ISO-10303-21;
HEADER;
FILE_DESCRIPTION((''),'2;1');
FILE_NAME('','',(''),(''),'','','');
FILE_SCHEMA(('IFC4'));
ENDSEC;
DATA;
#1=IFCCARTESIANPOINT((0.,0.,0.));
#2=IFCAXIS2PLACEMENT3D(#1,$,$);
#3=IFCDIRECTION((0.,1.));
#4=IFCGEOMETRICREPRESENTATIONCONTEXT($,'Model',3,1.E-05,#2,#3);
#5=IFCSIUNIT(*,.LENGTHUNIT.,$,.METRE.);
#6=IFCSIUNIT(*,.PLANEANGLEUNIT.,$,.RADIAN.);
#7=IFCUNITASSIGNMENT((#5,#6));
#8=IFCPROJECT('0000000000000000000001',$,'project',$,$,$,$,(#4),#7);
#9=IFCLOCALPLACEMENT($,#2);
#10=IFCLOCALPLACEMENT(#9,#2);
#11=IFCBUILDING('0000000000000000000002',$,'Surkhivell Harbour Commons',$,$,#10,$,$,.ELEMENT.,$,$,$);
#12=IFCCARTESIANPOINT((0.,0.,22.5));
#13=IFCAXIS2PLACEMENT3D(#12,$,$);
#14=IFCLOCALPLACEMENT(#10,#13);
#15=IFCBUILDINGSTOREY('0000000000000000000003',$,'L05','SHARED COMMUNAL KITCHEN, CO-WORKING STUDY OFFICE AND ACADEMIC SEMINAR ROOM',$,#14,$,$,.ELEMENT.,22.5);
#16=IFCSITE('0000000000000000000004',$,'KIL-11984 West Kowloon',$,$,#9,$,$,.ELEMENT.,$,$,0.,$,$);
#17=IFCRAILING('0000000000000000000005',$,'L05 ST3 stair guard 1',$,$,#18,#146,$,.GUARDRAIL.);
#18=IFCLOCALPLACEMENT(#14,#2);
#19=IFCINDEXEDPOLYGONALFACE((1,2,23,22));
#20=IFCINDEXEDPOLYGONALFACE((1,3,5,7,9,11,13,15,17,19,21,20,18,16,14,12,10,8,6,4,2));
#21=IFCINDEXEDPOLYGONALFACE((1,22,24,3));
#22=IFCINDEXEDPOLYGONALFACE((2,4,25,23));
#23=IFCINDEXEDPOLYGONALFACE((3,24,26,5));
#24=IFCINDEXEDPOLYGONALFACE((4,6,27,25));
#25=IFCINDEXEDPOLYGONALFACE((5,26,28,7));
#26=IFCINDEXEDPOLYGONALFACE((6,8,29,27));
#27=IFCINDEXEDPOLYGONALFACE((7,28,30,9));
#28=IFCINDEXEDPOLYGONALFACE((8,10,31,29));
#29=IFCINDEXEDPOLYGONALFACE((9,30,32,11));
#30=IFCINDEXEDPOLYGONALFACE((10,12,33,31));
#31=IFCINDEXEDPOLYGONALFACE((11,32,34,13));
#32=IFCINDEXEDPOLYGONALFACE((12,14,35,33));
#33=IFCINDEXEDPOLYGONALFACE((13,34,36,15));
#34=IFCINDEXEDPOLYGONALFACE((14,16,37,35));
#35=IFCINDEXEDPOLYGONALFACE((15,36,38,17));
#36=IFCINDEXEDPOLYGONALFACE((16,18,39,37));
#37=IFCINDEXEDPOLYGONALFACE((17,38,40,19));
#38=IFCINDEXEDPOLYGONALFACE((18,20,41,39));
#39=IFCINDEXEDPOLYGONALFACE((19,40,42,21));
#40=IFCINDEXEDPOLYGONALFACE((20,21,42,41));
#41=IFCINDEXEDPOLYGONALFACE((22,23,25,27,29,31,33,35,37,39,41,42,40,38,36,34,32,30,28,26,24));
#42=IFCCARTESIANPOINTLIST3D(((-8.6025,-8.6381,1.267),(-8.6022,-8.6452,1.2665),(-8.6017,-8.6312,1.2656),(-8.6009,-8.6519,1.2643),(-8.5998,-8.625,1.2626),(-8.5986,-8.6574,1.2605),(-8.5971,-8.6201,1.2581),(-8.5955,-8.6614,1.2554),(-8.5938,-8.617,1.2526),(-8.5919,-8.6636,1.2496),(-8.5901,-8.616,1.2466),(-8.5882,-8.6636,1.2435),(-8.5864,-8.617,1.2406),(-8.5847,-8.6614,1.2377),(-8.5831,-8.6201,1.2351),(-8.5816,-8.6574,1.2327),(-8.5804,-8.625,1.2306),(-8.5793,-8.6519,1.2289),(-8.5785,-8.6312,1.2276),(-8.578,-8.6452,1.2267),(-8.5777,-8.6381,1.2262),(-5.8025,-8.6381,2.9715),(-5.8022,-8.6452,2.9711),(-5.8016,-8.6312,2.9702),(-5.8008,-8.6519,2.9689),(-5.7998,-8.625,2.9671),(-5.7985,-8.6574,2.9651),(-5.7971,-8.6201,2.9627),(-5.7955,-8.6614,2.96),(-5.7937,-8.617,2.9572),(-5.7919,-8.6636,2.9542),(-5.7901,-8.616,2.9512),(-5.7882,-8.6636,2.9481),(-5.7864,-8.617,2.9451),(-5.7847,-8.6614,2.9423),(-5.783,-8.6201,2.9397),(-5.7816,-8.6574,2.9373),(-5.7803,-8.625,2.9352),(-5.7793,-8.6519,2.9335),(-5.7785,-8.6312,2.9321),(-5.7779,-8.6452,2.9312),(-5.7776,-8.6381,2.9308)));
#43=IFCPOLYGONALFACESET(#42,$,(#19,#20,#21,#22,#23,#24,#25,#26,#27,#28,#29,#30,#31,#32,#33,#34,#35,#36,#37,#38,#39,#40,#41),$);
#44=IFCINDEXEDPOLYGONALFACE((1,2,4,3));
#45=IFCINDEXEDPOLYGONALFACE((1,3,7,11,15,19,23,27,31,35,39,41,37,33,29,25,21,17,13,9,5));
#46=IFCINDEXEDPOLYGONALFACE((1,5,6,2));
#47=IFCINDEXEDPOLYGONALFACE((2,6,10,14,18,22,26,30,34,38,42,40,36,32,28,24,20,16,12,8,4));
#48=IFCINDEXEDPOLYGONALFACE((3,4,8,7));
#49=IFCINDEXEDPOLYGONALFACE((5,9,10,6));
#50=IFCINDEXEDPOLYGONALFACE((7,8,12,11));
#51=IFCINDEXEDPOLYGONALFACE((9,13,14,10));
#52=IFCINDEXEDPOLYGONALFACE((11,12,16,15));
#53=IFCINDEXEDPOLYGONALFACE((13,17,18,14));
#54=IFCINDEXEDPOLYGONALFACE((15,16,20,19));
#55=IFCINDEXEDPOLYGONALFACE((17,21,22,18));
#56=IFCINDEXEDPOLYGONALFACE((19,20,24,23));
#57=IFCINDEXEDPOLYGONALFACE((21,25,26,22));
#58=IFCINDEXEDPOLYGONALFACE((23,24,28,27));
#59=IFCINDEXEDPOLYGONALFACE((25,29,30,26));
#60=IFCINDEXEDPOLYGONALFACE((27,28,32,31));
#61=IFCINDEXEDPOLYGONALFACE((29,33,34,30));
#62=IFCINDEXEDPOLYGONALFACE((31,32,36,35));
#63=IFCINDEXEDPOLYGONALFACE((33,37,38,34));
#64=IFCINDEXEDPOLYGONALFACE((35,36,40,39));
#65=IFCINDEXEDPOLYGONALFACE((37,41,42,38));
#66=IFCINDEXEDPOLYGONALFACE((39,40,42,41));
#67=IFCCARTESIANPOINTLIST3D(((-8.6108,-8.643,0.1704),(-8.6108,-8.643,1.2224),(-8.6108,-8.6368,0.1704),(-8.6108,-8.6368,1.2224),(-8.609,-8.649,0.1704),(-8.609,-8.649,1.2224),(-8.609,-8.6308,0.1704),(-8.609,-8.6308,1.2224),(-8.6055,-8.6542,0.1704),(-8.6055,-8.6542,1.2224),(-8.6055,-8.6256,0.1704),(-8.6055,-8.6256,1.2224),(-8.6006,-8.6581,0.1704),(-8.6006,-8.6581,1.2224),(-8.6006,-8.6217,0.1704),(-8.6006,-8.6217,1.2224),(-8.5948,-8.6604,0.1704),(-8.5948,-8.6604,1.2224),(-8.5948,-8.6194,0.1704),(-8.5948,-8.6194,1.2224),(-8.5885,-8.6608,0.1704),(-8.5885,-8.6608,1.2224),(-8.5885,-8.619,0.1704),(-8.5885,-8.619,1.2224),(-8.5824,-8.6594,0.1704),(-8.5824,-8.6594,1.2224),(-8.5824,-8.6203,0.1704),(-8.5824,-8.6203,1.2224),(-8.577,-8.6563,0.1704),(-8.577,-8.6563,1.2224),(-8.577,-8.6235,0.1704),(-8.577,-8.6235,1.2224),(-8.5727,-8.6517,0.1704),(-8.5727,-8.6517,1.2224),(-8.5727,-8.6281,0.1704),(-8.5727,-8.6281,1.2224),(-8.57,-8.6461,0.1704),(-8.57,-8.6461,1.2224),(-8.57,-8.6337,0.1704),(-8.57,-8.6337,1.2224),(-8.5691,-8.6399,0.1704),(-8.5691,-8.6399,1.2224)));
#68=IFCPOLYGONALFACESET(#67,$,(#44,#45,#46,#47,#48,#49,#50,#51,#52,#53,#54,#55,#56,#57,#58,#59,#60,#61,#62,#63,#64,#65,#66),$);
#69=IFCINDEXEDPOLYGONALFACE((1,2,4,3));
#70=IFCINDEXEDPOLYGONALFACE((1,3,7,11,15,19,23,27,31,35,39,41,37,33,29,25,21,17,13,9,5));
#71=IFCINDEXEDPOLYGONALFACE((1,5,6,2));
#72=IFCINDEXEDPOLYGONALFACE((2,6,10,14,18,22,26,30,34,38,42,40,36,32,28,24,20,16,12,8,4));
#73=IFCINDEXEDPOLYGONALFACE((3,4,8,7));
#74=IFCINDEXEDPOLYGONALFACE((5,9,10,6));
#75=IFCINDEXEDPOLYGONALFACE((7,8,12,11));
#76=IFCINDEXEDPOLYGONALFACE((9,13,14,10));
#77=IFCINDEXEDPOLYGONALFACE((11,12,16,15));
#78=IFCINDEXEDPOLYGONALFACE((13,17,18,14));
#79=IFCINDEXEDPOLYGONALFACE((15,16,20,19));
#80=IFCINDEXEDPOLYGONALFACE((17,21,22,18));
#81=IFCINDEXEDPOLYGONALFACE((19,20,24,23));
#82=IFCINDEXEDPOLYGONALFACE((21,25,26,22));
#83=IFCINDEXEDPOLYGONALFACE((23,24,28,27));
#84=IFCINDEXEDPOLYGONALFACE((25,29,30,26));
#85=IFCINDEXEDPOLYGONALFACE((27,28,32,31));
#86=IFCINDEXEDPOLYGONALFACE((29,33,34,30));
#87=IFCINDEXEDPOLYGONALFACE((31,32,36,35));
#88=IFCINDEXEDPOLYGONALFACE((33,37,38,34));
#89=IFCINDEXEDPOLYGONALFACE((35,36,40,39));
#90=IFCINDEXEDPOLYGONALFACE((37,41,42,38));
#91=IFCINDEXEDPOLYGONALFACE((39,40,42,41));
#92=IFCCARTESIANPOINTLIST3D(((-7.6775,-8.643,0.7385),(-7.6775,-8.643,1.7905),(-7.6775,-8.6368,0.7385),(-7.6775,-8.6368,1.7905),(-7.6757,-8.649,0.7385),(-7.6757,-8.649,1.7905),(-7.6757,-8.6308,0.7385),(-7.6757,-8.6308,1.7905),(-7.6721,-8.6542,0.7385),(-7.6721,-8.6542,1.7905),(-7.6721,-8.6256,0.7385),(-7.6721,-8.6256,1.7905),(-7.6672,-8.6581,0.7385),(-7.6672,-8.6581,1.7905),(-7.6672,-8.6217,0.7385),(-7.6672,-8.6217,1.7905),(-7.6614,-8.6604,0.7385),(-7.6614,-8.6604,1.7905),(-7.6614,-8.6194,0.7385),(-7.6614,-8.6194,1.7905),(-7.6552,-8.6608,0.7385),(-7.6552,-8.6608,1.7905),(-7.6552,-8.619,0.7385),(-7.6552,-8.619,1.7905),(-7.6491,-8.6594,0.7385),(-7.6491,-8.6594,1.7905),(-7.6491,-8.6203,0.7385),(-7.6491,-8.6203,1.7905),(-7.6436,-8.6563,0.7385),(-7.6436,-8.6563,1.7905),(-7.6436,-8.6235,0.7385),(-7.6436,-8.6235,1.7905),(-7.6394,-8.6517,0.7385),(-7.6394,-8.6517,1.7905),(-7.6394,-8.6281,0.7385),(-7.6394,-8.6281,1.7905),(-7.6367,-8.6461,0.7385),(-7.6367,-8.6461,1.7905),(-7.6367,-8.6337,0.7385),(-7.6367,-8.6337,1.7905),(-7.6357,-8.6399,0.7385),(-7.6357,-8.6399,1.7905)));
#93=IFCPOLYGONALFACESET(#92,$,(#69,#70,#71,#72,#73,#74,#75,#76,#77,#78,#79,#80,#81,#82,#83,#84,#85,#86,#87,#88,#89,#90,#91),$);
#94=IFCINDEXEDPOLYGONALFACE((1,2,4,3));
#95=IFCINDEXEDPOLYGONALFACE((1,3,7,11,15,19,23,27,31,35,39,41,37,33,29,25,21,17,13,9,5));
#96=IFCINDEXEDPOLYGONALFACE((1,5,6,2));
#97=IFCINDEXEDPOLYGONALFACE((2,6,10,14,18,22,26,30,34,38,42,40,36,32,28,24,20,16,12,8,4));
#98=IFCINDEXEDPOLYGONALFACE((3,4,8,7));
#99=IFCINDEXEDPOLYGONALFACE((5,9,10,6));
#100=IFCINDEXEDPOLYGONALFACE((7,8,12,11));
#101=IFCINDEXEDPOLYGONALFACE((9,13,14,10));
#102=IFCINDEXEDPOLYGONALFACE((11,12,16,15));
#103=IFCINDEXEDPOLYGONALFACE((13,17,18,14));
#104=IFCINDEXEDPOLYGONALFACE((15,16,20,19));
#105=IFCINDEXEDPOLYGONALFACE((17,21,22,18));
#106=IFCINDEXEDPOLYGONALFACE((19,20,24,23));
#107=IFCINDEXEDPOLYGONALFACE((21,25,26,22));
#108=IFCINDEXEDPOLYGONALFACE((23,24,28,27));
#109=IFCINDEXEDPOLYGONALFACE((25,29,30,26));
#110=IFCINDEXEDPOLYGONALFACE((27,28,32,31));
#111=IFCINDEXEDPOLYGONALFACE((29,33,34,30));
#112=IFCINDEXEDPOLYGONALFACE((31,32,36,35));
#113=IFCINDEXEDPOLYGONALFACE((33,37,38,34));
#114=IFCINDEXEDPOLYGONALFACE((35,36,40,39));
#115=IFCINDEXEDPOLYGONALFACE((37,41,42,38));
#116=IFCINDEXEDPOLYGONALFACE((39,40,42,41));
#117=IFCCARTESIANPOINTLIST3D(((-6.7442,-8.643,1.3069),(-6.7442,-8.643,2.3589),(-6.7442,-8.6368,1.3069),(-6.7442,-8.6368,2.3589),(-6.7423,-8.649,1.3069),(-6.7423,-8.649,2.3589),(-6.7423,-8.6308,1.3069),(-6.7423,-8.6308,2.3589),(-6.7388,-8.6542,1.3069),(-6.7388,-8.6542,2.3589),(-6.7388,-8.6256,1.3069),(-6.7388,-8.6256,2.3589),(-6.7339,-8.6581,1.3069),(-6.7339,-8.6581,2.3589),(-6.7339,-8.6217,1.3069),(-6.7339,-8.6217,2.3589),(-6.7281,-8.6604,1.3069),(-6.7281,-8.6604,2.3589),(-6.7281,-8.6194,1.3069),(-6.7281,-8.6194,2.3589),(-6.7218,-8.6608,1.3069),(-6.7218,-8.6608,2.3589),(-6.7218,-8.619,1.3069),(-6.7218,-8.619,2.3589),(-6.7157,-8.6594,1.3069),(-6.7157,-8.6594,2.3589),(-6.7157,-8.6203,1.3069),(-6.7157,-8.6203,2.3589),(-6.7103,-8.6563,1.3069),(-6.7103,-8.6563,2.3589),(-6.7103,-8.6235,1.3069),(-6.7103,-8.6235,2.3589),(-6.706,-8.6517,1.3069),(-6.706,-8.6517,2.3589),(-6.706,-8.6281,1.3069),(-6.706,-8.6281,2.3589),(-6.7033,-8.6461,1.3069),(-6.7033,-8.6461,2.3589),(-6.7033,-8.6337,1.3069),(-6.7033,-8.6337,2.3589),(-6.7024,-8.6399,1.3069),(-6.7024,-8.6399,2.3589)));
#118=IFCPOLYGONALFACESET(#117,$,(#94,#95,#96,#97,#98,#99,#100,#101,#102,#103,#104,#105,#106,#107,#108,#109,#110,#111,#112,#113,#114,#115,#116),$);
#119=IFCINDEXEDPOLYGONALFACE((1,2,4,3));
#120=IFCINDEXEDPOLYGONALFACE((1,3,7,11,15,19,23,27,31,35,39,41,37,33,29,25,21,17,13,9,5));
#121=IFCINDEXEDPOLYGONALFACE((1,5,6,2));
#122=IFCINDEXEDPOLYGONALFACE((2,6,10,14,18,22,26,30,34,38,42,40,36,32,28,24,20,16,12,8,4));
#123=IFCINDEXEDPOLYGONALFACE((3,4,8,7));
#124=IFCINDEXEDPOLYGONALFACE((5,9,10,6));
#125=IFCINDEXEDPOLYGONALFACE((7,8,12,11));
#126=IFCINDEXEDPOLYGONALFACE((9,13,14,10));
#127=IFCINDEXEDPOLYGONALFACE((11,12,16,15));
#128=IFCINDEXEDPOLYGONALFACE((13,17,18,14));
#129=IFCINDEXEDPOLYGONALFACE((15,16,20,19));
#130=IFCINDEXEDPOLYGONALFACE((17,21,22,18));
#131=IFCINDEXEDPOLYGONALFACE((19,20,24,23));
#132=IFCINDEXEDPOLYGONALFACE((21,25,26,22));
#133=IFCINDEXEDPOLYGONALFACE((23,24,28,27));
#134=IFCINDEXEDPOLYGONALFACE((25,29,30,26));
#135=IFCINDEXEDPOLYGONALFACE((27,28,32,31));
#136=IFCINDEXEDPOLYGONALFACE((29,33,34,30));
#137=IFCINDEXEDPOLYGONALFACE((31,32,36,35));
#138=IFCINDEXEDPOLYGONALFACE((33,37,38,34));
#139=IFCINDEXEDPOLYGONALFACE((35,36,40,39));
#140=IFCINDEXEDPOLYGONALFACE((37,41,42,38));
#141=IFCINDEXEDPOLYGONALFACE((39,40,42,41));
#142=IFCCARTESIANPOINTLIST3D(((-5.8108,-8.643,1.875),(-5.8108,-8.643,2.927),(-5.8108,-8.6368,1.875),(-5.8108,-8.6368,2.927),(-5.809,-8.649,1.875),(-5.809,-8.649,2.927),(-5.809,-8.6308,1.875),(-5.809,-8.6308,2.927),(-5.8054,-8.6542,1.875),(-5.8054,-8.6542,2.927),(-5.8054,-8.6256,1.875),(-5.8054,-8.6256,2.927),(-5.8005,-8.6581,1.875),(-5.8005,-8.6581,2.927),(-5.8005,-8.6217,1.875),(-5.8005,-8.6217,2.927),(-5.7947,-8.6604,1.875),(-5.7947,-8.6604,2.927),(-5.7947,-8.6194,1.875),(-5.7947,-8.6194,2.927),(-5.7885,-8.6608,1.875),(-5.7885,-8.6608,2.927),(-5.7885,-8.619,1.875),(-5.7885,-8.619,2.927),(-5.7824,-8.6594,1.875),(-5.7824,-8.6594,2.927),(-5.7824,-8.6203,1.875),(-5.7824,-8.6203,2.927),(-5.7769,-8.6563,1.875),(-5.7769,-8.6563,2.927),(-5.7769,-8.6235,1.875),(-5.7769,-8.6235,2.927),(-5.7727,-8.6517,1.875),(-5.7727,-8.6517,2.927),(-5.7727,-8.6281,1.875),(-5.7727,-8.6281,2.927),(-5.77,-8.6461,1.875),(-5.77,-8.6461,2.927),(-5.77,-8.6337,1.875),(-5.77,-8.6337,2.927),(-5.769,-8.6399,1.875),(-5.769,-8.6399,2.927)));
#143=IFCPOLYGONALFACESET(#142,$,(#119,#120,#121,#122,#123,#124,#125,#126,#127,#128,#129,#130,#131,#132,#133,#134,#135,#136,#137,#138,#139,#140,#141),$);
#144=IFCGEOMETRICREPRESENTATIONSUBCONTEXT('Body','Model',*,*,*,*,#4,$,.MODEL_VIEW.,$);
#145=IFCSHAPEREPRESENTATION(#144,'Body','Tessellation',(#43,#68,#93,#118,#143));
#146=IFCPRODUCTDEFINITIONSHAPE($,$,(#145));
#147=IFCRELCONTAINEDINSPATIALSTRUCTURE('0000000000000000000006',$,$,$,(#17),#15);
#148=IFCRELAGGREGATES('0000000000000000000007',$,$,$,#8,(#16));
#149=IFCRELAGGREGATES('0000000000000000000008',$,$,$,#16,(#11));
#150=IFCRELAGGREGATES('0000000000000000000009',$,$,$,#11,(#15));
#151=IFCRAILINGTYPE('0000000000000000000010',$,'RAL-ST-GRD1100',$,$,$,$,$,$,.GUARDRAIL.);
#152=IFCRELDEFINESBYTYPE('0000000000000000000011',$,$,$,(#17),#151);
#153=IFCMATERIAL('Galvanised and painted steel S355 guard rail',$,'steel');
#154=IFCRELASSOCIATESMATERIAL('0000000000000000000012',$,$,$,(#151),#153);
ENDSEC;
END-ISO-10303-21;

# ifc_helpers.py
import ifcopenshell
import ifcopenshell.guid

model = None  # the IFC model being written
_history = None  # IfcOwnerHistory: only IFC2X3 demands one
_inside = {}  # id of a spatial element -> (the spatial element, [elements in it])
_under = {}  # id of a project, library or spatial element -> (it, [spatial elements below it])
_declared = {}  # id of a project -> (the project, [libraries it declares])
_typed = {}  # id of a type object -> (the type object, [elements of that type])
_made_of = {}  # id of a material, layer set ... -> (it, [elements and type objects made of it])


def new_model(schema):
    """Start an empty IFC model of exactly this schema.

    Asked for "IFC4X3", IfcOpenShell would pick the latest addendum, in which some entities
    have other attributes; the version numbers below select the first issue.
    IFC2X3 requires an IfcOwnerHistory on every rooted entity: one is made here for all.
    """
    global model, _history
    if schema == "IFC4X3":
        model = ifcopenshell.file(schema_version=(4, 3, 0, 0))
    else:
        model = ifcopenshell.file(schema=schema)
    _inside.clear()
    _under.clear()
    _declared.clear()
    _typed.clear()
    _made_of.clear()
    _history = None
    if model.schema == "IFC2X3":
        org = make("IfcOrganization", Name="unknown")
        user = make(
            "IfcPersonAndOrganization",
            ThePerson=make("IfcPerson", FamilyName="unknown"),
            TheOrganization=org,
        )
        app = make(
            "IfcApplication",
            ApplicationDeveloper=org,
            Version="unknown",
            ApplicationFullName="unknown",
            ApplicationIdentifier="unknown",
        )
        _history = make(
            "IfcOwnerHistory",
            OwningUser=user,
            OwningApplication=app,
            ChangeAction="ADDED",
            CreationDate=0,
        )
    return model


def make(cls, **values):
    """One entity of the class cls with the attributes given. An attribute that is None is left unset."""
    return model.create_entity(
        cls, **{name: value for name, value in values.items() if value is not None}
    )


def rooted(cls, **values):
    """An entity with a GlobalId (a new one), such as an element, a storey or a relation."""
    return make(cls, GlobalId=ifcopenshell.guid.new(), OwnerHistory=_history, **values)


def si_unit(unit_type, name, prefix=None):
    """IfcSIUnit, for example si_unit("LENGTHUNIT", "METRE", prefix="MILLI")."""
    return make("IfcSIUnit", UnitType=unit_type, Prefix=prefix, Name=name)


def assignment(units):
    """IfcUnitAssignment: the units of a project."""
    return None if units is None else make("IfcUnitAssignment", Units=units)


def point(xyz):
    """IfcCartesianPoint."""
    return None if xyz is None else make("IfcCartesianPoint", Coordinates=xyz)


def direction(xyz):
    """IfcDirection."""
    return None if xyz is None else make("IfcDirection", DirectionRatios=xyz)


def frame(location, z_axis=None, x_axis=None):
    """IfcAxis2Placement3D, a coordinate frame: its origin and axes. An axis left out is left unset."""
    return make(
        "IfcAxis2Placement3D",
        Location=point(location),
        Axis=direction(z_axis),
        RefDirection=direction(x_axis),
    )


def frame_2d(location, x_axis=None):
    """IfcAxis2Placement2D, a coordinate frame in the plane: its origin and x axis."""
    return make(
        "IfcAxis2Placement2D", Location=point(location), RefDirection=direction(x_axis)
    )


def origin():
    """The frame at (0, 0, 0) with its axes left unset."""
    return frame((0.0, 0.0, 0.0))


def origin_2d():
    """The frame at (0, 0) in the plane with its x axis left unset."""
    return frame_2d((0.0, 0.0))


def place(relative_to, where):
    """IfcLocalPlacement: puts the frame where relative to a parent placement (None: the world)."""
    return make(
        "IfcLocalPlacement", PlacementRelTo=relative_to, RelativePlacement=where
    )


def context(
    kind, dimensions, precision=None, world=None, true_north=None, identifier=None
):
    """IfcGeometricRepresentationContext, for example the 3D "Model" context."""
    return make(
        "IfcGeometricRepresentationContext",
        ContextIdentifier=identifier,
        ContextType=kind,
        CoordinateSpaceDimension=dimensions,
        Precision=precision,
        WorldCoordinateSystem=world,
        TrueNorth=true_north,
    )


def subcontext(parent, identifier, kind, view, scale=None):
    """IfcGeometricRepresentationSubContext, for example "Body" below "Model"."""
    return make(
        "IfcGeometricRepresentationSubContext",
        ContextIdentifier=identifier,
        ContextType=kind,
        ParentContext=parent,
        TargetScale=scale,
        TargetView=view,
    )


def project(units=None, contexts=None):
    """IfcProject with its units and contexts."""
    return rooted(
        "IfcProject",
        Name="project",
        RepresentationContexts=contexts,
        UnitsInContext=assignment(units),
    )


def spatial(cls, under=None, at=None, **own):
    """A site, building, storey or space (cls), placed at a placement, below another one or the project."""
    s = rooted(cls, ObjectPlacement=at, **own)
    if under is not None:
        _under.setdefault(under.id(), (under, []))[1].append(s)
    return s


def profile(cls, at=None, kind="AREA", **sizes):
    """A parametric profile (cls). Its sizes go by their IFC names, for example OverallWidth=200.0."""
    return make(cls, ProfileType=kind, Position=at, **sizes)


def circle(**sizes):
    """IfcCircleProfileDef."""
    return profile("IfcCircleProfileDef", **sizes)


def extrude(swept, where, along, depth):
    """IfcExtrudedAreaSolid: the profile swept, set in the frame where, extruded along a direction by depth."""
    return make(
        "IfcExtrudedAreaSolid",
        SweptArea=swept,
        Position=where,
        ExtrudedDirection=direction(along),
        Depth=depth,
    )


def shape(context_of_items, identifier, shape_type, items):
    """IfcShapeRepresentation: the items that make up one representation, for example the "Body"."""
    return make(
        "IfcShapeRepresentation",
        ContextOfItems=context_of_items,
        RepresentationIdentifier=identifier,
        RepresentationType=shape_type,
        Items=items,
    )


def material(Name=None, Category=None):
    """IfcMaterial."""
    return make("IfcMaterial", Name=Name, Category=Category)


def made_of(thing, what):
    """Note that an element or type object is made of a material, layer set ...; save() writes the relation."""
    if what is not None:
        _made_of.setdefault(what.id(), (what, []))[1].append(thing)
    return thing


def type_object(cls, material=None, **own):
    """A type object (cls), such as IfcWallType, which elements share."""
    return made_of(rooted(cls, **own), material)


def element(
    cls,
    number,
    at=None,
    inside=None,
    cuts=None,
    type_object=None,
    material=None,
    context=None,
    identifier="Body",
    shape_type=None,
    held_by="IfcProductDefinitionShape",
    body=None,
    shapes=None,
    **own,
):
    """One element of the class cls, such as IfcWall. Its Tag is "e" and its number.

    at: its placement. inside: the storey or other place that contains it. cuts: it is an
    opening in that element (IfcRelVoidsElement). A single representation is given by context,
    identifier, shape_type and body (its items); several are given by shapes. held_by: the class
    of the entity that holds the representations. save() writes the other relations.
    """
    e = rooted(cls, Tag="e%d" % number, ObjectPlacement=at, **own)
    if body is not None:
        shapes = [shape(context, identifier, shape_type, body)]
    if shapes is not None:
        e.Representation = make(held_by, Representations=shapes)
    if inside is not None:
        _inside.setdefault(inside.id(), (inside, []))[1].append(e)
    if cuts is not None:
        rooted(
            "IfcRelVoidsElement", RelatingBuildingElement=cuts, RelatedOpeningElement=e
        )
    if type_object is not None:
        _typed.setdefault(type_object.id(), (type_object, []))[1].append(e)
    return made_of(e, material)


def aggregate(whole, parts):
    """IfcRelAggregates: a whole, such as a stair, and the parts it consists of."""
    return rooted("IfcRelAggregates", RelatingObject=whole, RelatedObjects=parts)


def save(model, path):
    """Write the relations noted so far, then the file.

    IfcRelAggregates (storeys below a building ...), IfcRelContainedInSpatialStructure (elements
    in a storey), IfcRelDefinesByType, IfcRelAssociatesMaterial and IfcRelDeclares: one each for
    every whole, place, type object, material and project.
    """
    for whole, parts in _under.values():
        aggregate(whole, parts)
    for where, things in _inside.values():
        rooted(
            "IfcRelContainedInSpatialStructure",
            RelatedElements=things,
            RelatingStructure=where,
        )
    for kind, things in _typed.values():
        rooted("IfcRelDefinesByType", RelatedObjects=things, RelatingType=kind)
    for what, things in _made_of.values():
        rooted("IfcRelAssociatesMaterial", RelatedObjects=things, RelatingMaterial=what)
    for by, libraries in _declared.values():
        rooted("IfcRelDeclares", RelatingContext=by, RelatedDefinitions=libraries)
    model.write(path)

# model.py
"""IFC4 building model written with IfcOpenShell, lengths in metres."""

from ifc_helpers import new_model, si_unit, direction, frame, origin, origin_2d, place, context, subcontext, project, spatial, circle, extrude, material, type_object, element, save


model = new_model("IFC4")

# Units and contexts
model_context = context("Model", 3, precision=1e-05, world=origin(), true_north=direction((0.0, 1.0)))
body_context = subcontext(model_context, "Body", "Model", "MODEL_VIEW")
ifc_project = project(units=[si_unit("LENGTHUNIT", "METRE"), si_unit("PLANEANGLEUNIT", "RADIAN")], contexts=[model_context])

# Site, building, storey
site_placement = place(None, origin())
site = spatial("IfcSite", under=ifc_project, at=site_placement, Name="KIL-11984 West Kowloon", CompositionType="ELEMENT", RefElevation=0.0)
building_placement = place(site_placement, origin())
building = spatial("IfcBuilding", under=site, at=building_placement, Name="Surkhivell Harbour Commons", CompositionType="ELEMENT")
storey_placement = place(building_placement, frame((0.0, 0.0, 22.5)))
storey = spatial("IfcBuildingStorey", under=building, at=storey_placement, Name="L05", Description="SHARED COMMUNAL KITCHEN, CO-WORKING STUDY OFFICE AND ACADEMIC SEMINAR ROOM", CompositionType="ELEMENT", Elevation=22.5)

# Railing
ifc_material_1 = material(Name="Galvanised and painted steel S355 guard rail", Category="steel")
railing_type_1 = type_object("IfcRailingType", Name="RAL-ST-GRD1100", PredefinedType="GUARDRAIL", material=ifc_material_1)
railing_1_placement = place(storey_placement, frame((-8.5901, -8.6399, 0.1704)))
element("IfcRailing", 1, at=railing_1_placement, inside=storey, type_object=railing_type_1, Name="L05 ST3 stair guard 1", PredefinedType="GUARDRAIL", context=body_context, shape_type="SweptSolid", body=[
    extrude(circle(Radius=0.0239, at=origin_2d()), frame((0.0, 0.0, 1.0762), z_axis=(0.85417, 0.0, 0.519994), x_axis=(0.0, 1.0, 0.0)), (0.0, 0.0, 1.0), 3.2781),
    extrude(circle(Radius=0.021, at=origin_2d()), origin(), (0.0, 0.0, 1.0), 1.052),
    extrude(circle(Radius=0.021, at=origin_2d()), frame((0.9333, 0.0, 0.5681)), (0.0, 0.0, 1.0), 1.052),
    extrude(circle(Radius=0.021, at=origin_2d()), frame((1.8667, 0.0, 1.1365)), (0.0, 0.0, 1.0), 1.052),
    extrude(circle(Radius=0.021, at=origin_2d()), frame((2.8, 0.0, 1.7046)), (0.0, 0.0, 1.0), 1.052),
])

save(model, "model.ifc")
